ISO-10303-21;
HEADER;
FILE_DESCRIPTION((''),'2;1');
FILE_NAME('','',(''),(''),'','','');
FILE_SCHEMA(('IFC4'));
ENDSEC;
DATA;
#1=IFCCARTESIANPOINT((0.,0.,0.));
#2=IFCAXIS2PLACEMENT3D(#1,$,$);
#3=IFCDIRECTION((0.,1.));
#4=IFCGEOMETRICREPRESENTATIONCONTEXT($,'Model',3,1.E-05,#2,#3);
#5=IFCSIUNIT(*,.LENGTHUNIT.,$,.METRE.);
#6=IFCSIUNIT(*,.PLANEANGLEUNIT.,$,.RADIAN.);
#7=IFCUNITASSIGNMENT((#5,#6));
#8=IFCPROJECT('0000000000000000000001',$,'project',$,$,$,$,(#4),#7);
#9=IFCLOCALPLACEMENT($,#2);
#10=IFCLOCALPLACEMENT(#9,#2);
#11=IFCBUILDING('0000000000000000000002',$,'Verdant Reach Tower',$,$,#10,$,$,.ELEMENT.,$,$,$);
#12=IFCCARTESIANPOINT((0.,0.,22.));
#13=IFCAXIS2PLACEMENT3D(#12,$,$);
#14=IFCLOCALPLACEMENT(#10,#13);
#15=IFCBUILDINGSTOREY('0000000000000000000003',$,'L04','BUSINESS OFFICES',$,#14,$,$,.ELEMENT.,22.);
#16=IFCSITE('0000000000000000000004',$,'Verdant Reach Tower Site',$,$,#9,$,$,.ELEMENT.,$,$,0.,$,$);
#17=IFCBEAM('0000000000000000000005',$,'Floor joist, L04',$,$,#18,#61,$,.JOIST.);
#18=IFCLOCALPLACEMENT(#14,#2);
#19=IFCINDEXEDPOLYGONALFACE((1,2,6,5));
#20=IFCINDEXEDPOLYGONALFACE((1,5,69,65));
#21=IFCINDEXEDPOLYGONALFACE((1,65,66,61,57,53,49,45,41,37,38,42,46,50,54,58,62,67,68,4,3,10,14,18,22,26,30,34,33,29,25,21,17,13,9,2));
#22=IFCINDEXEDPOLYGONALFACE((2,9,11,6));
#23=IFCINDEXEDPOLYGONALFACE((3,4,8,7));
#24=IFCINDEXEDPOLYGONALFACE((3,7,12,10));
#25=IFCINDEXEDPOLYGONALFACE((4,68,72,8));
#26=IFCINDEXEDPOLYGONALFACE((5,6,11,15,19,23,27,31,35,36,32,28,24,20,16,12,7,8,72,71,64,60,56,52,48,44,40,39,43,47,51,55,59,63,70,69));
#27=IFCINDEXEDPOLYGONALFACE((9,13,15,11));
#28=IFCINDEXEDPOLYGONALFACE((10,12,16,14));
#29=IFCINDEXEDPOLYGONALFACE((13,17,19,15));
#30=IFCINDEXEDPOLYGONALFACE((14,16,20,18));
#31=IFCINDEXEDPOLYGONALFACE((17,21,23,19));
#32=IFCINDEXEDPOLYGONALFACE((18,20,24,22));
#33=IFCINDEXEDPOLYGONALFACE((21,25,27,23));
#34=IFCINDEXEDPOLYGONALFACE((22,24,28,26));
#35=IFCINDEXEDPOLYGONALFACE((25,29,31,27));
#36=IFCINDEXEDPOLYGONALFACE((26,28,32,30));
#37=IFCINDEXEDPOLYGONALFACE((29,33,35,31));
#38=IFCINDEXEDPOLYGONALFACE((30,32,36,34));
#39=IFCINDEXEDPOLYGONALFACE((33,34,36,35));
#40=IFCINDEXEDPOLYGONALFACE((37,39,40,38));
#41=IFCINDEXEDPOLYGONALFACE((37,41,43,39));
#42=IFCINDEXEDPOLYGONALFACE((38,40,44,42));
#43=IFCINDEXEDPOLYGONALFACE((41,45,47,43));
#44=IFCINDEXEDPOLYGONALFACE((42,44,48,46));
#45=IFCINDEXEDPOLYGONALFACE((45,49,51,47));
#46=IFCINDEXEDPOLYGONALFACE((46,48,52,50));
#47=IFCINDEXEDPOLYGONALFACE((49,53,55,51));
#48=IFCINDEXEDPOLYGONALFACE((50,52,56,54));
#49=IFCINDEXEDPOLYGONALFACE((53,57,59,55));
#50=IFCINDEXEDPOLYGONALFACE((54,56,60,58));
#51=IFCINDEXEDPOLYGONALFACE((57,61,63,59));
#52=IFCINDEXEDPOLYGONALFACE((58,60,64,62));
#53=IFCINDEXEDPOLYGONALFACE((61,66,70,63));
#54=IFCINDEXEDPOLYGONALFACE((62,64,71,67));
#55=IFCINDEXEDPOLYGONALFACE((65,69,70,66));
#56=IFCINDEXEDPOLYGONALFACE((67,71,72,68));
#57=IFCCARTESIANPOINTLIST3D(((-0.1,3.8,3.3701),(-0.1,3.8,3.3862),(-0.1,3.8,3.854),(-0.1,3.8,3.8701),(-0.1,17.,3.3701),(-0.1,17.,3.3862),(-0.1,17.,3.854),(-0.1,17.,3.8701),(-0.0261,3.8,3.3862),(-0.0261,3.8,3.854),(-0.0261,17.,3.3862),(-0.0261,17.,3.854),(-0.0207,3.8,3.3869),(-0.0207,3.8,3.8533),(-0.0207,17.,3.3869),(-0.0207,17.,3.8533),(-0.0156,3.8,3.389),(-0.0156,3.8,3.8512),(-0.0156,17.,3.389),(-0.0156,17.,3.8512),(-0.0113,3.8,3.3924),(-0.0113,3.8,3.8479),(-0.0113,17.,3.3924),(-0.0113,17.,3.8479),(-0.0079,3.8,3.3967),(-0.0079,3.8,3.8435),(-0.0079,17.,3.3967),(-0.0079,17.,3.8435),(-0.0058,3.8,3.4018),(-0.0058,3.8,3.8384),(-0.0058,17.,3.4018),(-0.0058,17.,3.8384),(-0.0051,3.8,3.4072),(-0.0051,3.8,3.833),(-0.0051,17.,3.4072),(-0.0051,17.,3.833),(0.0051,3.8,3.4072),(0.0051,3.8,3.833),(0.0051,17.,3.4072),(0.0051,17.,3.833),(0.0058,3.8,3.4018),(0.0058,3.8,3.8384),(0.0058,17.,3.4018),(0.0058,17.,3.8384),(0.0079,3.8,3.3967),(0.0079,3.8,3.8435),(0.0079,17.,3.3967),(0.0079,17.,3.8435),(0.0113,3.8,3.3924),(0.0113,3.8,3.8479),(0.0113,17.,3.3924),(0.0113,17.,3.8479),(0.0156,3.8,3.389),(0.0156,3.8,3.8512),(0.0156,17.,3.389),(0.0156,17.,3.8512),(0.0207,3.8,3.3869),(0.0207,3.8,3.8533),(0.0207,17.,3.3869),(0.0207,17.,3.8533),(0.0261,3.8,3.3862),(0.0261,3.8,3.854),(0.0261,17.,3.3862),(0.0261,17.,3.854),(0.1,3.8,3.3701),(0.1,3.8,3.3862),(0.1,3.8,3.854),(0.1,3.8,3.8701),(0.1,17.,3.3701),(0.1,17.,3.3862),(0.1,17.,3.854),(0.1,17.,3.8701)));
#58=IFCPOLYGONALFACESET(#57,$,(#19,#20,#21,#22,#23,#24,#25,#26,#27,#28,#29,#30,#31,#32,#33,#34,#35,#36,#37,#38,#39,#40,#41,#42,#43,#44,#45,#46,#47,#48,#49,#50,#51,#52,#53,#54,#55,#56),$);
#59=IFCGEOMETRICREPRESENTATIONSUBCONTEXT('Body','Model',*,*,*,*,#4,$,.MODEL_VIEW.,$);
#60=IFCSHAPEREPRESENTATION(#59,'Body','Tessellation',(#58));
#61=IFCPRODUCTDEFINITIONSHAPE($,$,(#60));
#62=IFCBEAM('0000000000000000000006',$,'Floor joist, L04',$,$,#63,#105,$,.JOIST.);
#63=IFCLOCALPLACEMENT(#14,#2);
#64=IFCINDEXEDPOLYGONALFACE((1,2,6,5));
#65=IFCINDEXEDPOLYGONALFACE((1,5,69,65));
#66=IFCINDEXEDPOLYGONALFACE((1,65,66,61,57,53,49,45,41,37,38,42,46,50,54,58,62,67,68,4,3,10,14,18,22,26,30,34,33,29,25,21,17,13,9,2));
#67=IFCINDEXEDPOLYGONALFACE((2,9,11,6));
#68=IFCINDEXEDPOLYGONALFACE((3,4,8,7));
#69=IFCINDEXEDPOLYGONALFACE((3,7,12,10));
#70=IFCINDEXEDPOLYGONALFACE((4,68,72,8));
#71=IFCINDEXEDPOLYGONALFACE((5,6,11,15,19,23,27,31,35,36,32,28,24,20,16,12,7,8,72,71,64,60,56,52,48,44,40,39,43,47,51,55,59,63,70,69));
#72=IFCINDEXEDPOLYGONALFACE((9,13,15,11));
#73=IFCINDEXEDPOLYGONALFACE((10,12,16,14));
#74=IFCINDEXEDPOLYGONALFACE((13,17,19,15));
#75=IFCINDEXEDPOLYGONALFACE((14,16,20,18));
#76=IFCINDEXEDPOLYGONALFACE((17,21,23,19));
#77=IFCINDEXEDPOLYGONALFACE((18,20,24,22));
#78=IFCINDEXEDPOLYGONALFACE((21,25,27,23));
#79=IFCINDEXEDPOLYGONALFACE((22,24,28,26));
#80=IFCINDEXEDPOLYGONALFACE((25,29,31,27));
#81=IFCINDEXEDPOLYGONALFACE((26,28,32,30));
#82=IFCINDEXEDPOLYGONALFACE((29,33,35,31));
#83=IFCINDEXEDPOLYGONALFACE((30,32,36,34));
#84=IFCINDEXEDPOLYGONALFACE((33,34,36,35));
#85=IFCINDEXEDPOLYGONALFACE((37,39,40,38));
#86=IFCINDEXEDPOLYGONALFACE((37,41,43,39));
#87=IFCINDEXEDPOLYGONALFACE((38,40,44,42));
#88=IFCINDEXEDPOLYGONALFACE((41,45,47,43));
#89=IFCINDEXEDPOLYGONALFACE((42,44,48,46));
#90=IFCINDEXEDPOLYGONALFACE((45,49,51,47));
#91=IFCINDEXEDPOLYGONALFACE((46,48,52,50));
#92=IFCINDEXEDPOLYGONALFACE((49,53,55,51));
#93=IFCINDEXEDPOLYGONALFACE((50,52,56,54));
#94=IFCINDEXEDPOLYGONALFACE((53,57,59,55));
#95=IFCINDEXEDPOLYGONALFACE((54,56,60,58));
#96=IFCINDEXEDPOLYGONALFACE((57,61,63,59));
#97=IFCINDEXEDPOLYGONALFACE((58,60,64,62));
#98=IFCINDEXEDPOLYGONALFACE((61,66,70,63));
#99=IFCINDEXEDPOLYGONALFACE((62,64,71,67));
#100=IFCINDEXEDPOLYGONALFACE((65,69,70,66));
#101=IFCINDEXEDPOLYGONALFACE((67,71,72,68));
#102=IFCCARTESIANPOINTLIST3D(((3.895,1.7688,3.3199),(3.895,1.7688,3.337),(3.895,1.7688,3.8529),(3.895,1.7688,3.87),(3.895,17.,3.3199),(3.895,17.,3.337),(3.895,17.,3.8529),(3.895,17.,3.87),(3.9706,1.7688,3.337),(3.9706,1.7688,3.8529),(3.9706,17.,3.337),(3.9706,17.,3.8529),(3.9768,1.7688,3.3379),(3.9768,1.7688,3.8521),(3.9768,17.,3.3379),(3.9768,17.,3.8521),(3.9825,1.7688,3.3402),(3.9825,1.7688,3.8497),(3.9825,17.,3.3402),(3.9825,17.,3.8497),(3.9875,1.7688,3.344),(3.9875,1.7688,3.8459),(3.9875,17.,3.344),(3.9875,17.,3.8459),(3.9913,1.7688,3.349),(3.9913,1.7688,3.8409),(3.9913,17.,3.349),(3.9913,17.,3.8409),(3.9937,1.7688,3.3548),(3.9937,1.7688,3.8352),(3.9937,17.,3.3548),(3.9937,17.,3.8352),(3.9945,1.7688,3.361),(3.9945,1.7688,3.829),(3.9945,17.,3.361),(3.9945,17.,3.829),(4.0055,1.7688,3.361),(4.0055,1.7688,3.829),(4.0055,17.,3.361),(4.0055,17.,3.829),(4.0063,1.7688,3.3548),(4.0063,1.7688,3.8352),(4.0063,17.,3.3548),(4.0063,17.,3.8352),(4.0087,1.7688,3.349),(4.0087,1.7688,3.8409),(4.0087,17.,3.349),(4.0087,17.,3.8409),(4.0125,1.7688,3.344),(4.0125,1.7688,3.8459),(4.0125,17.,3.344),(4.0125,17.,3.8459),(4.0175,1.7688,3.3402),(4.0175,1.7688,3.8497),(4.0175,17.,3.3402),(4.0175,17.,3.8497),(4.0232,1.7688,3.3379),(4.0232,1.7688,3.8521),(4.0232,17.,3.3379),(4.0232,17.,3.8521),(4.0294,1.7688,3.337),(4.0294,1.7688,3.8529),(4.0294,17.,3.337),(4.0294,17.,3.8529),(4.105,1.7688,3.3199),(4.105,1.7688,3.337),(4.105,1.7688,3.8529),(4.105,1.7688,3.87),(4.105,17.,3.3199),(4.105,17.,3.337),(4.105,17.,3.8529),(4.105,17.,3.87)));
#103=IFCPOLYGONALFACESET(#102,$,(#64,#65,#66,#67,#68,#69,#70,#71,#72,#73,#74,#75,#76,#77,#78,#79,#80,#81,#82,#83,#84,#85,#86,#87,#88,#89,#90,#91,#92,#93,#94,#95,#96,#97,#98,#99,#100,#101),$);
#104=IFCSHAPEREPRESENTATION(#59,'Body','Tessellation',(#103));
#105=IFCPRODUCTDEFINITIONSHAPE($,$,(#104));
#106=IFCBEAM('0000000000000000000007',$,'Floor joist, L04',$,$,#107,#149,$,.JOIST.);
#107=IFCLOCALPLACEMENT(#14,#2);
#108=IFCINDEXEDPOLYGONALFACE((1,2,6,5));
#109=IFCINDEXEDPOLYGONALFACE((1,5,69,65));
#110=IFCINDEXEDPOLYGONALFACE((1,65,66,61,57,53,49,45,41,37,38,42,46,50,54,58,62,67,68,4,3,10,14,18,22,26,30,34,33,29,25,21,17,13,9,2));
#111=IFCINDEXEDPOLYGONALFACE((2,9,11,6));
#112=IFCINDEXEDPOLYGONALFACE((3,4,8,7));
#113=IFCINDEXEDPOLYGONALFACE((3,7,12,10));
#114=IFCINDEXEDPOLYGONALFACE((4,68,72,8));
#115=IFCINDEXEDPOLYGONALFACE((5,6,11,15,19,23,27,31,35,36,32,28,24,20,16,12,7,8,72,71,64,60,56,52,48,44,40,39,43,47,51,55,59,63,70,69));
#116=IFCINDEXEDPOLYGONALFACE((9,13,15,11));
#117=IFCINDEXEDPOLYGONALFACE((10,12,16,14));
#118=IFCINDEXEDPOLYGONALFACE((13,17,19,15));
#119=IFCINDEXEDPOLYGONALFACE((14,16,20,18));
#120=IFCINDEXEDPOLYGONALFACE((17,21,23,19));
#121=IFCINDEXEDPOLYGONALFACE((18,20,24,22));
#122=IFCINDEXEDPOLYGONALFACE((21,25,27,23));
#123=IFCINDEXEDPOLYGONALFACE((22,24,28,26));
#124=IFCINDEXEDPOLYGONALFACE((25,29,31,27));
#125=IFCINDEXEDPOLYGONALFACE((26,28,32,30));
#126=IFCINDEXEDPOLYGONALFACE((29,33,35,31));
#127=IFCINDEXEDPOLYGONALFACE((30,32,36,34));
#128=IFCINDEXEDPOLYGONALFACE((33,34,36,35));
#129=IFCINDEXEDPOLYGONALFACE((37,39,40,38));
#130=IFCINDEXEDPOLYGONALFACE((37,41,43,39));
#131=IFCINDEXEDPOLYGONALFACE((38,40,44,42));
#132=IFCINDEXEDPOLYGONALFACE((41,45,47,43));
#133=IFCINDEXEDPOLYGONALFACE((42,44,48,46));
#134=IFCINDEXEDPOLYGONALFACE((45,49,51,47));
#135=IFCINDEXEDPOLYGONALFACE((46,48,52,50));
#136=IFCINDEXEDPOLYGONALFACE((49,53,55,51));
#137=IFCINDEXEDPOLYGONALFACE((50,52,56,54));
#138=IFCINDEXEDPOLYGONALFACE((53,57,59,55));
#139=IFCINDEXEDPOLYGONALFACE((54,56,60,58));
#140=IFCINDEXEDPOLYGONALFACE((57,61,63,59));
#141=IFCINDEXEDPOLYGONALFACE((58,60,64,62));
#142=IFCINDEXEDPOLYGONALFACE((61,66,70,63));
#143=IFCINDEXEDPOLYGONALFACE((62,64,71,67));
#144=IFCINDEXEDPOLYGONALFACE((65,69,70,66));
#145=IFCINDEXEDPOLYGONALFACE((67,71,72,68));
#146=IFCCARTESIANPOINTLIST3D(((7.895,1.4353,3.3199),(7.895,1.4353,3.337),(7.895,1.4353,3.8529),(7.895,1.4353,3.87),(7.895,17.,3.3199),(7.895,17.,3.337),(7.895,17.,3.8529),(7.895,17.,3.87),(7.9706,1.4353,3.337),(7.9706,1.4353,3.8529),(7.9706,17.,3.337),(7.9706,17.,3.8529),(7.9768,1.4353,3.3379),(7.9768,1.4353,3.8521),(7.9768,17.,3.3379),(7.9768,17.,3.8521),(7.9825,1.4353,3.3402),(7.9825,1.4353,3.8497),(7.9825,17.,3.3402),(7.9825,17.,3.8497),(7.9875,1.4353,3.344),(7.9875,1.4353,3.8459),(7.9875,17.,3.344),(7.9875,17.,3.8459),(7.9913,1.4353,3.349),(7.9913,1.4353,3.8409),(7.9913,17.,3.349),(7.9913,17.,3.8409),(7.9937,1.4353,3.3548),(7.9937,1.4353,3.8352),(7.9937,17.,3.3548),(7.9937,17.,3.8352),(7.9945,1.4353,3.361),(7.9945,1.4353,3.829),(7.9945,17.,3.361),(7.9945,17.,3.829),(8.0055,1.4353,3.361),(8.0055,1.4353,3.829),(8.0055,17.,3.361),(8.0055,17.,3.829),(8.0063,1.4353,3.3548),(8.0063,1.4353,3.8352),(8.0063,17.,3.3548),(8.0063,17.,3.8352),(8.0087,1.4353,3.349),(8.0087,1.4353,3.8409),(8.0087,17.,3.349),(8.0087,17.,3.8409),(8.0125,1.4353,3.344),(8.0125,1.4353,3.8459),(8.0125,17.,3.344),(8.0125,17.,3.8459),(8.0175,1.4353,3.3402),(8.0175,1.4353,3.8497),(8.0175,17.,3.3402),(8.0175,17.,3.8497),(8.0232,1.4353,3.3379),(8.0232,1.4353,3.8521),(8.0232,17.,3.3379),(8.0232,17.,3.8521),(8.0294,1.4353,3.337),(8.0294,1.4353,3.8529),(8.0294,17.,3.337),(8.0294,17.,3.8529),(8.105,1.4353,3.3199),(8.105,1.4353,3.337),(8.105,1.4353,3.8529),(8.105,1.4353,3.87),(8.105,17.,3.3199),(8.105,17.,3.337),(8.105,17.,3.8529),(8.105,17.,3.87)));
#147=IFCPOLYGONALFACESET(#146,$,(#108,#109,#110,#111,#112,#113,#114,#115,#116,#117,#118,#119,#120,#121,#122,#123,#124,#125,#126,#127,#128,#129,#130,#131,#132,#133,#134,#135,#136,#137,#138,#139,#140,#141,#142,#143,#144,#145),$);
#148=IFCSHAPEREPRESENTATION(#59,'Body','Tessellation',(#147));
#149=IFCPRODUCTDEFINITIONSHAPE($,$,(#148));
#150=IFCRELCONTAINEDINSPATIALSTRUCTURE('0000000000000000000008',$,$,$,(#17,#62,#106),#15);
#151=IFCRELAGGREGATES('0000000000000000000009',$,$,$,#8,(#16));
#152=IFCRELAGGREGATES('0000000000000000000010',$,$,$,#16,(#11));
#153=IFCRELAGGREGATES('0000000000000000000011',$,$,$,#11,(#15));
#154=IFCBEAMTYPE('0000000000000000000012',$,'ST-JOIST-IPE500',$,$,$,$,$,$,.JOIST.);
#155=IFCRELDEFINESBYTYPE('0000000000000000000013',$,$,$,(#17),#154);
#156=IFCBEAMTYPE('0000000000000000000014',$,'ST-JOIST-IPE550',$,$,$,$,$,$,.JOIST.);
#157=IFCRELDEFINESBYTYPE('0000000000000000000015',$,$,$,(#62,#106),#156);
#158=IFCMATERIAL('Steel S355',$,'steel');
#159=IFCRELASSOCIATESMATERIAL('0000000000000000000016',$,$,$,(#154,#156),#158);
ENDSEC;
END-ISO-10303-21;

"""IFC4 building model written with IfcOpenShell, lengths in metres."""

from ifc_helpers import new_model, si_unit, direction, frame, origin, origin_2d, place, context, subcontext, project, spatial, i_section, extrude, material, material_profile, profile_set, type_object, element, save


model = new_model("IFC4")

# Units and contexts
model_context = context("Model", 3, precision=1e-05, world=origin(), true_north=direction((0.0, 1.0)))
body_context = subcontext(model_context, "Body", "Model", "MODEL_VIEW")
ifc_project = project(units=[si_unit("LENGTHUNIT", "METRE"), si_unit("PLANEANGLEUNIT", "RADIAN")], contexts=[model_context])

# Site, building, storey
site_placement = place(None, origin())
site = spatial("IfcSite", under=ifc_project, at=site_placement, Name="Verdant Reach Tower Site", CompositionType="ELEMENT", RefElevation=0.0)
building_placement = place(site_placement, origin())
building = spatial("IfcBuilding", under=site, at=building_placement, Name="Verdant Reach Tower", CompositionType="ELEMENT")
storey_placement = place(building_placement, frame((0.0, 0.0, 22.0)))
storey = spatial("IfcBuildingStorey", under=building, at=storey_placement, Name="L04", Description="BUSINESS OFFICES", CompositionType="ELEMENT", Elevation=22.0)

# Beams
ifc_material_1 = material(Name="Steel S355", Category="steel")
ifc_material_profile_1 = material_profile(ifc_material_1, i_section(OverallWidth=0.2, OverallDepth=0.5, WebThickness=0.0103, FlangeThickness=0.0161, FilletRadius=0.021, at=origin_2d()), Name="IPE 500")
ifc_profile_set_1 = profile_set([ifc_material_profile_1], Name="Steel S355")
beam_type_1 = type_object("IfcBeamType", Name="ST-JOIST-IPE500", PredefinedType="JOIST", material=ifc_profile_set_1)
beam_1_placement = place(storey_placement, frame((0.0, 17.0, 3.6201), z_axis=(0.0, -1.0, 0.0), x_axis=(1.0, 0.0, 0.0)))
element("IfcBeam", 1, at=beam_1_placement, inside=storey, type_object=beam_type_1, Name="Floor joist, L04", PredefinedType="JOIST", context=body_context, shape_type="SweptSolid", body=[
    extrude(i_section(OverallWidth=0.2, OverallDepth=0.5, WebThickness=0.0103, FlangeThickness=0.0161, FilletRadius=0.021, at=origin_2d()), origin(), (0.0, 0.0, 1.0), 13.2),
])
ifc_material_profile_2 = material_profile(ifc_material_1, i_section(OverallWidth=0.21, OverallDepth=0.55, WebThickness=0.011, FlangeThickness=0.0171, FilletRadius=0.0239, at=origin_2d()), Name="IPE 550")
ifc_profile_set_2 = profile_set([ifc_material_profile_2], Name="Steel S355")
beam_type_2 = type_object("IfcBeamType", Name="ST-JOIST-IPE550", PredefinedType="JOIST", material=ifc_profile_set_2)
beam_2_placement = place(storey_placement, frame((4.0, 17.0, 3.595), z_axis=(0.0, -1.0, 0.0), x_axis=(1.0, 0.0, 0.0)))
element("IfcBeam", 2, at=beam_2_placement, inside=storey, type_object=beam_type_2, Name="Floor joist, L04", PredefinedType="JOIST", context=body_context, shape_type="SweptSolid", body=[
    extrude(i_section(OverallWidth=0.21, OverallDepth=0.55, WebThickness=0.011, FlangeThickness=0.0171, FilletRadius=0.0239, at=origin_2d()), origin(), (0.0, 0.0, 1.0), 15.2312),
])
beam_3_placement = place(storey_placement, frame((8.0, 17.0, 3.595), z_axis=(0.0, -1.0, 0.0), x_axis=(1.0, 0.0, 0.0)))
element("IfcBeam", 3, at=beam_3_placement, inside=storey, type_object=beam_type_2, Name="Floor joist, L04", PredefinedType="JOIST", context=body_context, shape_type="SweptSolid", body=[
    extrude(i_section(OverallWidth=0.21, OverallDepth=0.55, WebThickness=0.011, FlangeThickness=0.0171, FilletRadius=0.0239, at=origin_2d()), origin(), (0.0, 0.0, 1.0), 15.5647),
])

save(model, "model.ifc")
